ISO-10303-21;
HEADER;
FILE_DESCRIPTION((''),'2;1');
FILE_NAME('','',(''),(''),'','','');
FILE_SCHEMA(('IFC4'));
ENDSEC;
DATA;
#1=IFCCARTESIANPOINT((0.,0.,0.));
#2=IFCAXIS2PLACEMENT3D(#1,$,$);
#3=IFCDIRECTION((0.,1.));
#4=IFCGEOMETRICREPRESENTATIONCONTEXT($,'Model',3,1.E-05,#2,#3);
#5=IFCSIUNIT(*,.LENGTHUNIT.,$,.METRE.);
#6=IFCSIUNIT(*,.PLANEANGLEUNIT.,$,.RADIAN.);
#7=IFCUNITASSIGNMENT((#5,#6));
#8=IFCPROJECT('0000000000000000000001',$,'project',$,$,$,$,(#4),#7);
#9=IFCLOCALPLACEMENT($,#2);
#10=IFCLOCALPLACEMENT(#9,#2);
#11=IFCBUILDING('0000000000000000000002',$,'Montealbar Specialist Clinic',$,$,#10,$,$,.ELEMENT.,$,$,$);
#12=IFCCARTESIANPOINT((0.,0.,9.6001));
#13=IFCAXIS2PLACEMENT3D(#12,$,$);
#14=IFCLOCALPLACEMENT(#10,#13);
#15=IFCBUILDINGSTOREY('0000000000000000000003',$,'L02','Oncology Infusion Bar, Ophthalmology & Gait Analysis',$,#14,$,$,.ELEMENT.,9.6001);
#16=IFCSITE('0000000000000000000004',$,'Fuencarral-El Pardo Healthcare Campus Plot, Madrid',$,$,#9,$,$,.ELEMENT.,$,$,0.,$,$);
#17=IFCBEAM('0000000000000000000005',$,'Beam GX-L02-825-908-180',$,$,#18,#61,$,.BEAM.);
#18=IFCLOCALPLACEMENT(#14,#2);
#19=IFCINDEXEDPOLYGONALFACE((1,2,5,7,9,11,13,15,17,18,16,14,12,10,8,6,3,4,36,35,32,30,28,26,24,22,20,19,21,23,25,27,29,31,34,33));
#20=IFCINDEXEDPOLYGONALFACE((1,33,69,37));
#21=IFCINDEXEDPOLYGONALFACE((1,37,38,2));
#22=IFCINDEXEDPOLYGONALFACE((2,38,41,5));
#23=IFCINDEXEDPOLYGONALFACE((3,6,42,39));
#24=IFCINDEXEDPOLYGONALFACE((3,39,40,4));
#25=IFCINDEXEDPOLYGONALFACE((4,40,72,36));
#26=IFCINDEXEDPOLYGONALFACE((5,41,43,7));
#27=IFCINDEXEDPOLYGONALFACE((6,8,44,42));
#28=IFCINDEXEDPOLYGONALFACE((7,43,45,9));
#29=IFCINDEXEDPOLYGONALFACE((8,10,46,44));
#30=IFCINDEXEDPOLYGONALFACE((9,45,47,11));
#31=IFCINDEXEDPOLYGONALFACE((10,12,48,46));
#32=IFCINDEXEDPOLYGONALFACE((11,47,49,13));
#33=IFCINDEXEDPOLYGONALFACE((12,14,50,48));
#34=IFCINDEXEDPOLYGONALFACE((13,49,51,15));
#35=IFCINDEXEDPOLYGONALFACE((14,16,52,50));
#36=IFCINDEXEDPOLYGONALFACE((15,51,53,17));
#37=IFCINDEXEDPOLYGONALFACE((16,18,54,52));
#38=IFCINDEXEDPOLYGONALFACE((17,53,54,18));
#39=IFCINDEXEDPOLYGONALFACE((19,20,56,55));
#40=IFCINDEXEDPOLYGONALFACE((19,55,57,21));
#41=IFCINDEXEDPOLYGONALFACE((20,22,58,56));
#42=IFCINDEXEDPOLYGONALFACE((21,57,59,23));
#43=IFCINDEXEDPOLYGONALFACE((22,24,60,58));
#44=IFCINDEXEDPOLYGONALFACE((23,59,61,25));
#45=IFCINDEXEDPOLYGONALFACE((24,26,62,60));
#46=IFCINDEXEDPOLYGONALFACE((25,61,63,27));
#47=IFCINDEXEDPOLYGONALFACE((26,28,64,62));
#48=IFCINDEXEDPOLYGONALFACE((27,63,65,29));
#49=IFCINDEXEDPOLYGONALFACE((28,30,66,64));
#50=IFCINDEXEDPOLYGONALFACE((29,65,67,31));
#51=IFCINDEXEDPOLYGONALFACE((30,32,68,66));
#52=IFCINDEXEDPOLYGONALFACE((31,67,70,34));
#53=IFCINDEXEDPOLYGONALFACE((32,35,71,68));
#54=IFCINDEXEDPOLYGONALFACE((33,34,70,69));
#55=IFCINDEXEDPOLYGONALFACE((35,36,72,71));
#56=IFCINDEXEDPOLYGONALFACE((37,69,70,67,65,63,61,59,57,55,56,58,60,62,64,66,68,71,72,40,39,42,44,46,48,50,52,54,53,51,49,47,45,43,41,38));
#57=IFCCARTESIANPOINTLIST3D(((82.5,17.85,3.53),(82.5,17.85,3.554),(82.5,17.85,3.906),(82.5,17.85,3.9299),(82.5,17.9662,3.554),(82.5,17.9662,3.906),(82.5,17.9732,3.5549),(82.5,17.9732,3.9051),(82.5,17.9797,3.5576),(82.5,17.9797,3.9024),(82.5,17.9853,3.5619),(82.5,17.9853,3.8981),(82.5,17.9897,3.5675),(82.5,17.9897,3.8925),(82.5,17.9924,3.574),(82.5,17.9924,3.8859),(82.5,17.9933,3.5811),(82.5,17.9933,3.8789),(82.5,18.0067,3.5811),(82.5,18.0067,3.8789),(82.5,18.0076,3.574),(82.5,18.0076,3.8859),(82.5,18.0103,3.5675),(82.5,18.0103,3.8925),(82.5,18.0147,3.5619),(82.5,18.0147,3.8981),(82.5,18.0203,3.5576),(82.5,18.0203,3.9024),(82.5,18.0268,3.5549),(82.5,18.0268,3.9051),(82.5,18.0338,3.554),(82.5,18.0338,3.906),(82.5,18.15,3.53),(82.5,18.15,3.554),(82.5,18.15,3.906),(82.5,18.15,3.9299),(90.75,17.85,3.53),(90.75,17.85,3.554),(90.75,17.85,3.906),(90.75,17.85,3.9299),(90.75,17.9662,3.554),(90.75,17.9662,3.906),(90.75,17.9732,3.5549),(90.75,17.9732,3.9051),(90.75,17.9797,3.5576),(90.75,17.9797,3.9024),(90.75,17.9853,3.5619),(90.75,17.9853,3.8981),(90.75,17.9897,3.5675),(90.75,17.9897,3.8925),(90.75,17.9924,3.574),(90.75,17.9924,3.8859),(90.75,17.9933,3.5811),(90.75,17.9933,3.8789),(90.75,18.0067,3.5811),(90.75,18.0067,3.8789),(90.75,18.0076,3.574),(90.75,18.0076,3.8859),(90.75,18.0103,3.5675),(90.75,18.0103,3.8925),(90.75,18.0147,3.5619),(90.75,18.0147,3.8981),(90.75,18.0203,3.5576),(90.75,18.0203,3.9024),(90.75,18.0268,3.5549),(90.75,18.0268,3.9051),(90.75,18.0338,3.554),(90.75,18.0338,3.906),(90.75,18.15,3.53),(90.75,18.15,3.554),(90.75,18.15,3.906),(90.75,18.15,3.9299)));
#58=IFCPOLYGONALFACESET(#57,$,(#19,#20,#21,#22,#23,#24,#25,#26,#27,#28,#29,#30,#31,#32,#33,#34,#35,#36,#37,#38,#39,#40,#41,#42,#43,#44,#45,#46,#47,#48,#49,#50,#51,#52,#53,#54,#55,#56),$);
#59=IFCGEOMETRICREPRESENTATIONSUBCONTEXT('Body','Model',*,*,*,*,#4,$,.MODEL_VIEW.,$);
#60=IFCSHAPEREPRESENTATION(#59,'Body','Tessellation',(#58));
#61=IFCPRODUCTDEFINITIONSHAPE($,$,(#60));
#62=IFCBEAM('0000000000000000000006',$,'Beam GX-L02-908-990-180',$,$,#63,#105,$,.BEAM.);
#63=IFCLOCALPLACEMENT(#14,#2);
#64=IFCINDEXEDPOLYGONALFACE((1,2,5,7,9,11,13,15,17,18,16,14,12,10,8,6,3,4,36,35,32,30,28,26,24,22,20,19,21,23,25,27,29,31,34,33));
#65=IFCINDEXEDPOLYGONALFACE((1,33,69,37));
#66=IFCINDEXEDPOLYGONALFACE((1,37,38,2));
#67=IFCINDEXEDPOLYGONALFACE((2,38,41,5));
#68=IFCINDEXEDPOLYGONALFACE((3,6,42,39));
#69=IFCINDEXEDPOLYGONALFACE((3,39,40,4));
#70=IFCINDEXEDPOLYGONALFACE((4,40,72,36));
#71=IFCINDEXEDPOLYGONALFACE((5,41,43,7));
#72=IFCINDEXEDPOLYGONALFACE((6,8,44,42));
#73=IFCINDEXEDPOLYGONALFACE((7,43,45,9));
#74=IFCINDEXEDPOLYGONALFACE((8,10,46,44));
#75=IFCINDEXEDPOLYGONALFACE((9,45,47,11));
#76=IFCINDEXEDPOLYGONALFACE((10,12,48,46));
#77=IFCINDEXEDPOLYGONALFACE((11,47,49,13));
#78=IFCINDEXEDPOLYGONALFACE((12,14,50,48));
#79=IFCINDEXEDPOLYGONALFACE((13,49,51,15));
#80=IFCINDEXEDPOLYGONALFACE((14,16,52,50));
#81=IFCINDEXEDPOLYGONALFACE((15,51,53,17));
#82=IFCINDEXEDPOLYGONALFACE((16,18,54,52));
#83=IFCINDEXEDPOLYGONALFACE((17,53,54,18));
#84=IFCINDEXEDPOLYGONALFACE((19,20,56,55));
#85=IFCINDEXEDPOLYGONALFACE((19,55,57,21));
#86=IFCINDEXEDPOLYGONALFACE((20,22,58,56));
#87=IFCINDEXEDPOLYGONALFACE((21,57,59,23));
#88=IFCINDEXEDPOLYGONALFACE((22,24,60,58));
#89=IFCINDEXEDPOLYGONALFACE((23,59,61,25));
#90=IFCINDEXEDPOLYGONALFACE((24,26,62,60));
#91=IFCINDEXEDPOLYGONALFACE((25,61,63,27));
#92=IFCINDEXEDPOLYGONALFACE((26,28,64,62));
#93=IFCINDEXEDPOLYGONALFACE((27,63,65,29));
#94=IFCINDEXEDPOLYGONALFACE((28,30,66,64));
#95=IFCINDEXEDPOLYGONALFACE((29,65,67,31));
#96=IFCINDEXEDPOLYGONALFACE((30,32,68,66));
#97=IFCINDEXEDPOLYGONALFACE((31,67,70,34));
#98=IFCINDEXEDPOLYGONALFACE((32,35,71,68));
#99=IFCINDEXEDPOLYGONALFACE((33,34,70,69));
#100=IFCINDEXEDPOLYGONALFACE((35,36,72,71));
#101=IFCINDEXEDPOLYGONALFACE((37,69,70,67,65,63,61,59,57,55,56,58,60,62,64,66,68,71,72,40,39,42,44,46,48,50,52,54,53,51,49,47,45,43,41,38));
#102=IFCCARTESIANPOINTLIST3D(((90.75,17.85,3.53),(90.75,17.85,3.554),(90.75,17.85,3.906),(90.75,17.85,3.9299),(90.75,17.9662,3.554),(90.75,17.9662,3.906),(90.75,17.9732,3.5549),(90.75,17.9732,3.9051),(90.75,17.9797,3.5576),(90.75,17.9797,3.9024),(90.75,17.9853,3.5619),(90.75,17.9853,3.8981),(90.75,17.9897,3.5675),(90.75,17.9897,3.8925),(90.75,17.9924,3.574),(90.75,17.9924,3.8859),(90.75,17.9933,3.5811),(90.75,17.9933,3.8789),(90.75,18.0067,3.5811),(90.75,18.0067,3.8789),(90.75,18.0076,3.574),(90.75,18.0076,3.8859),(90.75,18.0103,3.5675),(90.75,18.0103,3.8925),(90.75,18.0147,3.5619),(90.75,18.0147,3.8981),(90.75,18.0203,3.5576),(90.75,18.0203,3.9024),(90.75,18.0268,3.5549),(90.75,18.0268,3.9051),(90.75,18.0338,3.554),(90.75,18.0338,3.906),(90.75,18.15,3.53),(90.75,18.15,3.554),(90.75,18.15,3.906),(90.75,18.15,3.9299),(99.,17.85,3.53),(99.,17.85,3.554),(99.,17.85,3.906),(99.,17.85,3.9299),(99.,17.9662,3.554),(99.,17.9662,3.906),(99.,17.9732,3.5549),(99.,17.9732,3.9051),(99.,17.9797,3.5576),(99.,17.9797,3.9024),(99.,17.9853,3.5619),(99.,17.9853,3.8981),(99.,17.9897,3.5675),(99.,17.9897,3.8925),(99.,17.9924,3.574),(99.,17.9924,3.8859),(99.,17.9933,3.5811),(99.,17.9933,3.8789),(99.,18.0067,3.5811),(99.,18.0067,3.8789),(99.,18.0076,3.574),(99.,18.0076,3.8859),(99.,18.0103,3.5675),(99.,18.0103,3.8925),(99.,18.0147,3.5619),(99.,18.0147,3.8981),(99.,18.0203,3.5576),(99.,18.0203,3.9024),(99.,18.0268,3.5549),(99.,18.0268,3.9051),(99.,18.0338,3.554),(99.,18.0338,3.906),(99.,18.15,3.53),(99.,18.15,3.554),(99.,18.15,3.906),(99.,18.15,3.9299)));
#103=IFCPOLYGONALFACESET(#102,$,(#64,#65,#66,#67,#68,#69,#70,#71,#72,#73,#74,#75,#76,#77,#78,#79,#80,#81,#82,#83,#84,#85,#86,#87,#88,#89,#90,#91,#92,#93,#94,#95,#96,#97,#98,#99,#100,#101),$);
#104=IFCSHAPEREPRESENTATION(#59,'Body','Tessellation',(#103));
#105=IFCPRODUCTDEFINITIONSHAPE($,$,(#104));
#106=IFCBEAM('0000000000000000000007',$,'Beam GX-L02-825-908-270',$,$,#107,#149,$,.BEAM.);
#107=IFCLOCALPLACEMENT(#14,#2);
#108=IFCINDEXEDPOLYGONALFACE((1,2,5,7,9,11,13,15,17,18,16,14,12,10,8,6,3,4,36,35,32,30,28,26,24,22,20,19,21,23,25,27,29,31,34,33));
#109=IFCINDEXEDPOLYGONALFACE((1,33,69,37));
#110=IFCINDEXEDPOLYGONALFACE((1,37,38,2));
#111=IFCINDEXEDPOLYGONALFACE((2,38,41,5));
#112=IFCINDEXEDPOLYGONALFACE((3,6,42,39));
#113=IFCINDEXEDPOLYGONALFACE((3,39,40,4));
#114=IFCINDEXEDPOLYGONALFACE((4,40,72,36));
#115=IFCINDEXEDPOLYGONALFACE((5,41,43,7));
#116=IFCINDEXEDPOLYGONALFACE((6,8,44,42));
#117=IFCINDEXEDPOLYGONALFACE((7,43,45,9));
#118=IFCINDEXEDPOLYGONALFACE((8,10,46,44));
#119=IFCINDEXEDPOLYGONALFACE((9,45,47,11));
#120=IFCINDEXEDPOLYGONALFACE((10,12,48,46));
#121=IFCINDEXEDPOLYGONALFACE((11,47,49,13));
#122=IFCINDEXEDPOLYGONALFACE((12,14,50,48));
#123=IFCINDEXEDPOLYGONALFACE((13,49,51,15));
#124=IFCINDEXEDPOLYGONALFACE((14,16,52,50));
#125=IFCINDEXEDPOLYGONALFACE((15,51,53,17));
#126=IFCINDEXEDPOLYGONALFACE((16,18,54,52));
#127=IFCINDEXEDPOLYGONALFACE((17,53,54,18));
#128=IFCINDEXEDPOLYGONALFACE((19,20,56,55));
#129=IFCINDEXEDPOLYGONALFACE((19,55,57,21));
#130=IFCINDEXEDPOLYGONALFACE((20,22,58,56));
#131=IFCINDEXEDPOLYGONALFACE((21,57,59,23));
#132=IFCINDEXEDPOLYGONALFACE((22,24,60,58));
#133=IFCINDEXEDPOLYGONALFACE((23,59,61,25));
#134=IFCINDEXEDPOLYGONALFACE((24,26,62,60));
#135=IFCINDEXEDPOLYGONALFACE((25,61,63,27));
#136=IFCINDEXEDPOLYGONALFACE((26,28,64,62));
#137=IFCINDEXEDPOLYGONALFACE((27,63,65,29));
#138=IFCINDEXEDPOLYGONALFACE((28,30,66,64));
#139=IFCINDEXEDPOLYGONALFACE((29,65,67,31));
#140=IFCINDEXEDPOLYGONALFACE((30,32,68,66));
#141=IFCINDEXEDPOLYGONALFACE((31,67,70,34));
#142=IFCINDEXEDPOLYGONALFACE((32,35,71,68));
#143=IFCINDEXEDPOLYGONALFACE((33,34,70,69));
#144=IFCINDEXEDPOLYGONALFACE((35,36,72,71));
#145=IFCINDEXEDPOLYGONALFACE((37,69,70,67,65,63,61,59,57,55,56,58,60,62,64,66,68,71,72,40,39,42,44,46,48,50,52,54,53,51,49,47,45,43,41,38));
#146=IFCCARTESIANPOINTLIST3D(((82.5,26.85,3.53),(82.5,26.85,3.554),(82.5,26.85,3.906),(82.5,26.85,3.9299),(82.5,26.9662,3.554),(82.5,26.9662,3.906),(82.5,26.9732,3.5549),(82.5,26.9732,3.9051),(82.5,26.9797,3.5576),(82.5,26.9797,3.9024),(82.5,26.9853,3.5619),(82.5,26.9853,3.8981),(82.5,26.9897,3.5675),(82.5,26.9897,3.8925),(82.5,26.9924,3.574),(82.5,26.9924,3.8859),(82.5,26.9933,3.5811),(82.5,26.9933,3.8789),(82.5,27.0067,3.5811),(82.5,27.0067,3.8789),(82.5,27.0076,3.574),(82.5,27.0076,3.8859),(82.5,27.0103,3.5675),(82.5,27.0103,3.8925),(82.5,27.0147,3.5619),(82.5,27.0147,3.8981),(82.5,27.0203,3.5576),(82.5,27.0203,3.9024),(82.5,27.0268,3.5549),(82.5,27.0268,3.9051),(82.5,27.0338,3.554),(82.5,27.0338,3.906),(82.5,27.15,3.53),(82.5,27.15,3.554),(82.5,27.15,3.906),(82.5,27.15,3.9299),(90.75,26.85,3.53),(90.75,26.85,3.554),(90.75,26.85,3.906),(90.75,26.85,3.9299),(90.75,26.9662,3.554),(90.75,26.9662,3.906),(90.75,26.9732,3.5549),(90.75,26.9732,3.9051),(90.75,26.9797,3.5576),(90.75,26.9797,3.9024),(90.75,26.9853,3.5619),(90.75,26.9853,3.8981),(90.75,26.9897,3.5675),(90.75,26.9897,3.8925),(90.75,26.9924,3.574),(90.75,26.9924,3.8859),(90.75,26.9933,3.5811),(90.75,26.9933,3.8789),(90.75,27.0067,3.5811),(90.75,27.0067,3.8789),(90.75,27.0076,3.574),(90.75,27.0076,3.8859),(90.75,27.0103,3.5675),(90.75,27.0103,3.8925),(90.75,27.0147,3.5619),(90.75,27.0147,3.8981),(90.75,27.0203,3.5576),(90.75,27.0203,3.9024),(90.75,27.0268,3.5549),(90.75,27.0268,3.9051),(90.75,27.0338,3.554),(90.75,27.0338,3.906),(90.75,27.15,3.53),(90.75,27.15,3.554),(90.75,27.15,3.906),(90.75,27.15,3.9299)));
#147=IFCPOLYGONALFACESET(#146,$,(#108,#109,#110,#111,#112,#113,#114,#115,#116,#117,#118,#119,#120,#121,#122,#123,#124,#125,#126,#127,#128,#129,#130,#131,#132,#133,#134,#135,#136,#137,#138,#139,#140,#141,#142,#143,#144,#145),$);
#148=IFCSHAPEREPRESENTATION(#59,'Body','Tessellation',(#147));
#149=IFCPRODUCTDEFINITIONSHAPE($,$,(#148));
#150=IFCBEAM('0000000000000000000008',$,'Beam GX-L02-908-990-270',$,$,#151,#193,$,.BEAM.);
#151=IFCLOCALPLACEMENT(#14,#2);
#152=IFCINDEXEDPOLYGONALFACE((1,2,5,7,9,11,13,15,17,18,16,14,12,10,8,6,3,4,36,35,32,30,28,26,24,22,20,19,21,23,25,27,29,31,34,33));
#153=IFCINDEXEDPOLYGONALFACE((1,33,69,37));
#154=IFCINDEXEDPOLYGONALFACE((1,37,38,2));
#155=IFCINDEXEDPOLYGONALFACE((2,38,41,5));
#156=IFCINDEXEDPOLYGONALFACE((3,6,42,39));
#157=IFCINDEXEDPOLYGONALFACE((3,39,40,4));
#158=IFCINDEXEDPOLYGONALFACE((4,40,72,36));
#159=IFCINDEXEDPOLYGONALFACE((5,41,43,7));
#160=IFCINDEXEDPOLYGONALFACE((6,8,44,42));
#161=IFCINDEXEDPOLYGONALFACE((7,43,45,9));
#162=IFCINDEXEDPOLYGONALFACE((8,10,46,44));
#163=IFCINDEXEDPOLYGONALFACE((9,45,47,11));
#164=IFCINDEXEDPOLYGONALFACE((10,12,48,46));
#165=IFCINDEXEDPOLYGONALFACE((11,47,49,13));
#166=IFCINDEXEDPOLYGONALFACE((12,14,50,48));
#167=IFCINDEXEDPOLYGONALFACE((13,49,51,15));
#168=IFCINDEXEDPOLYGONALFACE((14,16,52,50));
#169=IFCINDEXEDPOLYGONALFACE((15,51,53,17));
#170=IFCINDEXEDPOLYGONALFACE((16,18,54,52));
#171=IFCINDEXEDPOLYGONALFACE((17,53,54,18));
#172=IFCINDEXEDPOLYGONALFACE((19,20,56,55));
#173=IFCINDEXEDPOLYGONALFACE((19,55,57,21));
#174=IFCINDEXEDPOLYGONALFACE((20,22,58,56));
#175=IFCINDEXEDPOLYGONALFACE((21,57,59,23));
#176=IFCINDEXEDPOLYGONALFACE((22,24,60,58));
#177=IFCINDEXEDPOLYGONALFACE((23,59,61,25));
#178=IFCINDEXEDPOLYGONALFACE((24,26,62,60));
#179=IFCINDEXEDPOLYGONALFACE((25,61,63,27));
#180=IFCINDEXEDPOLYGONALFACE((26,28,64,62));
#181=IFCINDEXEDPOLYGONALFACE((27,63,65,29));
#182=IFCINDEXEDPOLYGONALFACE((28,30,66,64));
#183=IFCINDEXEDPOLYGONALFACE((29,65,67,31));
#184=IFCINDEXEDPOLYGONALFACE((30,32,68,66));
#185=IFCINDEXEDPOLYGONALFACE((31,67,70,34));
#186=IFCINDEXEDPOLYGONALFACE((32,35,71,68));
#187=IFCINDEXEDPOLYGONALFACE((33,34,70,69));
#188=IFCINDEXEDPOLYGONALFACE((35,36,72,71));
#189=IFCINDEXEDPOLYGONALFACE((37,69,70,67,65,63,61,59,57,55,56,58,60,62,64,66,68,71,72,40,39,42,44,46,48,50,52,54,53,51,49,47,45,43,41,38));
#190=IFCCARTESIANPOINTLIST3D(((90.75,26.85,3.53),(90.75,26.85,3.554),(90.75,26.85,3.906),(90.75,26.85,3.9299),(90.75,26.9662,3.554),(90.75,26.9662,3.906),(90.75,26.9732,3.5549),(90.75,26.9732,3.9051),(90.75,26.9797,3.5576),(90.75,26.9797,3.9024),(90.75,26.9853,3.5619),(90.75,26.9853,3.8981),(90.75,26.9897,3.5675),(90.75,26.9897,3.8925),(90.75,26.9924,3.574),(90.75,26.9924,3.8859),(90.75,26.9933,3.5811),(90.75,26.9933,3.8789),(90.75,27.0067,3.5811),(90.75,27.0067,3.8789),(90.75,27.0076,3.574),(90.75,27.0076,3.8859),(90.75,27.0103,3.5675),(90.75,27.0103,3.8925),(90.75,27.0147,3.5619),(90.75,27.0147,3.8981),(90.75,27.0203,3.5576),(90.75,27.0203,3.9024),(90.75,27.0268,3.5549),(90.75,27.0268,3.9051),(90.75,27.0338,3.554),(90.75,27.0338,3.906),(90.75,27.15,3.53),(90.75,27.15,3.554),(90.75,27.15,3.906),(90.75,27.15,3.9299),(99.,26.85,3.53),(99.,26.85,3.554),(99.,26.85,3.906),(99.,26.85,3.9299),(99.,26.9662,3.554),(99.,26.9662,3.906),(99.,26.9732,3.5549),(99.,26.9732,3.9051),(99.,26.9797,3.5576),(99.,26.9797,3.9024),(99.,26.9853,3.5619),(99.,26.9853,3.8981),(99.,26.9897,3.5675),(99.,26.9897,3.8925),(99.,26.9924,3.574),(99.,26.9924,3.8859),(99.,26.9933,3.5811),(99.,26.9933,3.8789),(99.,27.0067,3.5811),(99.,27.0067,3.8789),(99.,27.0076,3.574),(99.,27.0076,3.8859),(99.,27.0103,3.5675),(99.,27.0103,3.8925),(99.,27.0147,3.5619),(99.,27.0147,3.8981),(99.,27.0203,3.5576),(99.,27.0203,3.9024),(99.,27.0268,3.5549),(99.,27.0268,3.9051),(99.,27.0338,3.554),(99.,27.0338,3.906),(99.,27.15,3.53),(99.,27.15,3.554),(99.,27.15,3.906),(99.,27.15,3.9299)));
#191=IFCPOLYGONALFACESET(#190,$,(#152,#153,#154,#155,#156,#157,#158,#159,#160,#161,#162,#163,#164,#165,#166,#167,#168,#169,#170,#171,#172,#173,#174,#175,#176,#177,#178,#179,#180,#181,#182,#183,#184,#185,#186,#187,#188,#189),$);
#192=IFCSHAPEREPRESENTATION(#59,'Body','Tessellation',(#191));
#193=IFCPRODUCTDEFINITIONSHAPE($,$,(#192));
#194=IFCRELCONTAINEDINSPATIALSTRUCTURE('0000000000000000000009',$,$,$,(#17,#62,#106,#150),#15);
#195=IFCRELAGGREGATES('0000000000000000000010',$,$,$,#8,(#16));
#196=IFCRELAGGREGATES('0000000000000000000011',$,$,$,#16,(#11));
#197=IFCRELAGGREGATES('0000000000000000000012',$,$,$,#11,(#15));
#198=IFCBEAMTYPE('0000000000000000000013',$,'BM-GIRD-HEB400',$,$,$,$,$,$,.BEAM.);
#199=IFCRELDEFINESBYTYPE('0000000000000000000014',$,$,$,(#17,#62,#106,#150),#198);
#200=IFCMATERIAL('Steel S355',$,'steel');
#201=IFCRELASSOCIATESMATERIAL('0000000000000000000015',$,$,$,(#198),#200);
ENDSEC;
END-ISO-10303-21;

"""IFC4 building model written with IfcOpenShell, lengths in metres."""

from ifc_helpers import new_model, si_unit, direction, frame, origin, origin_2d, place, context, subcontext, project, spatial, i_section, extrude, material, material_profile, profile_set, type_object, element, save


model = new_model("IFC4")

# Units and contexts
model_context = context("Model", 3, precision=1e-05, world=origin(), true_north=direction((0.0, 1.0)))
body_context = subcontext(model_context, "Body", "Model", "MODEL_VIEW")
ifc_project = project(units=[si_unit("LENGTHUNIT", "METRE"), si_unit("PLANEANGLEUNIT", "RADIAN")], contexts=[model_context])

# Site, building, storey
site_placement = place(None, origin())
site = spatial("IfcSite", under=ifc_project, at=site_placement, Name="Fuencarral-El Pardo Healthcare Campus Plot, Madrid", CompositionType="ELEMENT", RefElevation=0.0)
building_placement = place(site_placement, origin())
building = spatial("IfcBuilding", under=site, at=building_placement, Name="Montealbar Specialist Clinic", CompositionType="ELEMENT")
storey_placement = place(building_placement, frame((0.0, 0.0, 9.6001)))
storey = spatial("IfcBuildingStorey", under=building, at=storey_placement, Name="L02", Description="Oncology Infusion Bar, Ophthalmology & Gait Analysis", CompositionType="ELEMENT", Elevation=9.6001)

# Shared definitions
ifc_material_1 = material(Name="Steel S355", Category="steel")

# Beams
ifc_material_profile_1 = material_profile(ifc_material_1, i_section(OverallWidth=0.3, OverallDepth=0.3999, WebThickness=0.0134, FlangeThickness=0.0239, FilletRadius=0.0271, at=origin_2d()), Name="HEB 400", Category="steel")
ifc_profile_set_1 = profile_set([ifc_material_profile_1], Name="Steel S355")
beam_type_1 = type_object("IfcBeamType", Name="BM-GIRD-HEB400", PredefinedType="BEAM", material=ifc_profile_set_1)
for number, where, z_axis, x_axis, name in (
    (1, (82.5, 18.0, 3.73), (1.0, 0.0, 0.0), (0.0, 1.0, 0.0), "Beam GX-L02-825-908-180"),
    (2, (90.75, 18.0, 3.73), (1.0, 0.0, 0.0), (0.0, 1.0, 0.0), "Beam GX-L02-908-990-180"),
    (3, (82.5, 27.0, 3.73), (1.0, 0.0, 0.0), (0.0, 1.0, 0.0), "Beam GX-L02-825-908-270"),
    (4, (90.75, 27.0, 3.73), (1.0, 0.0, 0.0), (0.0, 1.0, 0.0), "Beam GX-L02-908-990-270"),
):
    element("IfcBeam", number, at=place(storey_placement, frame(where, z_axis=z_axis, x_axis=x_axis)), inside=storey, type_object=beam_type_1, Name=name, PredefinedType="BEAM", context=body_context, shape_type="SweptSolid", body=[
        extrude(i_section(OverallWidth=0.3, OverallDepth=0.3999, WebThickness=0.0134, FlangeThickness=0.0239, FilletRadius=0.0271, at=origin_2d()), origin(), (0.0, 0.0, 1.0), 8.25),
    ])

save(model, "model.ifc")
